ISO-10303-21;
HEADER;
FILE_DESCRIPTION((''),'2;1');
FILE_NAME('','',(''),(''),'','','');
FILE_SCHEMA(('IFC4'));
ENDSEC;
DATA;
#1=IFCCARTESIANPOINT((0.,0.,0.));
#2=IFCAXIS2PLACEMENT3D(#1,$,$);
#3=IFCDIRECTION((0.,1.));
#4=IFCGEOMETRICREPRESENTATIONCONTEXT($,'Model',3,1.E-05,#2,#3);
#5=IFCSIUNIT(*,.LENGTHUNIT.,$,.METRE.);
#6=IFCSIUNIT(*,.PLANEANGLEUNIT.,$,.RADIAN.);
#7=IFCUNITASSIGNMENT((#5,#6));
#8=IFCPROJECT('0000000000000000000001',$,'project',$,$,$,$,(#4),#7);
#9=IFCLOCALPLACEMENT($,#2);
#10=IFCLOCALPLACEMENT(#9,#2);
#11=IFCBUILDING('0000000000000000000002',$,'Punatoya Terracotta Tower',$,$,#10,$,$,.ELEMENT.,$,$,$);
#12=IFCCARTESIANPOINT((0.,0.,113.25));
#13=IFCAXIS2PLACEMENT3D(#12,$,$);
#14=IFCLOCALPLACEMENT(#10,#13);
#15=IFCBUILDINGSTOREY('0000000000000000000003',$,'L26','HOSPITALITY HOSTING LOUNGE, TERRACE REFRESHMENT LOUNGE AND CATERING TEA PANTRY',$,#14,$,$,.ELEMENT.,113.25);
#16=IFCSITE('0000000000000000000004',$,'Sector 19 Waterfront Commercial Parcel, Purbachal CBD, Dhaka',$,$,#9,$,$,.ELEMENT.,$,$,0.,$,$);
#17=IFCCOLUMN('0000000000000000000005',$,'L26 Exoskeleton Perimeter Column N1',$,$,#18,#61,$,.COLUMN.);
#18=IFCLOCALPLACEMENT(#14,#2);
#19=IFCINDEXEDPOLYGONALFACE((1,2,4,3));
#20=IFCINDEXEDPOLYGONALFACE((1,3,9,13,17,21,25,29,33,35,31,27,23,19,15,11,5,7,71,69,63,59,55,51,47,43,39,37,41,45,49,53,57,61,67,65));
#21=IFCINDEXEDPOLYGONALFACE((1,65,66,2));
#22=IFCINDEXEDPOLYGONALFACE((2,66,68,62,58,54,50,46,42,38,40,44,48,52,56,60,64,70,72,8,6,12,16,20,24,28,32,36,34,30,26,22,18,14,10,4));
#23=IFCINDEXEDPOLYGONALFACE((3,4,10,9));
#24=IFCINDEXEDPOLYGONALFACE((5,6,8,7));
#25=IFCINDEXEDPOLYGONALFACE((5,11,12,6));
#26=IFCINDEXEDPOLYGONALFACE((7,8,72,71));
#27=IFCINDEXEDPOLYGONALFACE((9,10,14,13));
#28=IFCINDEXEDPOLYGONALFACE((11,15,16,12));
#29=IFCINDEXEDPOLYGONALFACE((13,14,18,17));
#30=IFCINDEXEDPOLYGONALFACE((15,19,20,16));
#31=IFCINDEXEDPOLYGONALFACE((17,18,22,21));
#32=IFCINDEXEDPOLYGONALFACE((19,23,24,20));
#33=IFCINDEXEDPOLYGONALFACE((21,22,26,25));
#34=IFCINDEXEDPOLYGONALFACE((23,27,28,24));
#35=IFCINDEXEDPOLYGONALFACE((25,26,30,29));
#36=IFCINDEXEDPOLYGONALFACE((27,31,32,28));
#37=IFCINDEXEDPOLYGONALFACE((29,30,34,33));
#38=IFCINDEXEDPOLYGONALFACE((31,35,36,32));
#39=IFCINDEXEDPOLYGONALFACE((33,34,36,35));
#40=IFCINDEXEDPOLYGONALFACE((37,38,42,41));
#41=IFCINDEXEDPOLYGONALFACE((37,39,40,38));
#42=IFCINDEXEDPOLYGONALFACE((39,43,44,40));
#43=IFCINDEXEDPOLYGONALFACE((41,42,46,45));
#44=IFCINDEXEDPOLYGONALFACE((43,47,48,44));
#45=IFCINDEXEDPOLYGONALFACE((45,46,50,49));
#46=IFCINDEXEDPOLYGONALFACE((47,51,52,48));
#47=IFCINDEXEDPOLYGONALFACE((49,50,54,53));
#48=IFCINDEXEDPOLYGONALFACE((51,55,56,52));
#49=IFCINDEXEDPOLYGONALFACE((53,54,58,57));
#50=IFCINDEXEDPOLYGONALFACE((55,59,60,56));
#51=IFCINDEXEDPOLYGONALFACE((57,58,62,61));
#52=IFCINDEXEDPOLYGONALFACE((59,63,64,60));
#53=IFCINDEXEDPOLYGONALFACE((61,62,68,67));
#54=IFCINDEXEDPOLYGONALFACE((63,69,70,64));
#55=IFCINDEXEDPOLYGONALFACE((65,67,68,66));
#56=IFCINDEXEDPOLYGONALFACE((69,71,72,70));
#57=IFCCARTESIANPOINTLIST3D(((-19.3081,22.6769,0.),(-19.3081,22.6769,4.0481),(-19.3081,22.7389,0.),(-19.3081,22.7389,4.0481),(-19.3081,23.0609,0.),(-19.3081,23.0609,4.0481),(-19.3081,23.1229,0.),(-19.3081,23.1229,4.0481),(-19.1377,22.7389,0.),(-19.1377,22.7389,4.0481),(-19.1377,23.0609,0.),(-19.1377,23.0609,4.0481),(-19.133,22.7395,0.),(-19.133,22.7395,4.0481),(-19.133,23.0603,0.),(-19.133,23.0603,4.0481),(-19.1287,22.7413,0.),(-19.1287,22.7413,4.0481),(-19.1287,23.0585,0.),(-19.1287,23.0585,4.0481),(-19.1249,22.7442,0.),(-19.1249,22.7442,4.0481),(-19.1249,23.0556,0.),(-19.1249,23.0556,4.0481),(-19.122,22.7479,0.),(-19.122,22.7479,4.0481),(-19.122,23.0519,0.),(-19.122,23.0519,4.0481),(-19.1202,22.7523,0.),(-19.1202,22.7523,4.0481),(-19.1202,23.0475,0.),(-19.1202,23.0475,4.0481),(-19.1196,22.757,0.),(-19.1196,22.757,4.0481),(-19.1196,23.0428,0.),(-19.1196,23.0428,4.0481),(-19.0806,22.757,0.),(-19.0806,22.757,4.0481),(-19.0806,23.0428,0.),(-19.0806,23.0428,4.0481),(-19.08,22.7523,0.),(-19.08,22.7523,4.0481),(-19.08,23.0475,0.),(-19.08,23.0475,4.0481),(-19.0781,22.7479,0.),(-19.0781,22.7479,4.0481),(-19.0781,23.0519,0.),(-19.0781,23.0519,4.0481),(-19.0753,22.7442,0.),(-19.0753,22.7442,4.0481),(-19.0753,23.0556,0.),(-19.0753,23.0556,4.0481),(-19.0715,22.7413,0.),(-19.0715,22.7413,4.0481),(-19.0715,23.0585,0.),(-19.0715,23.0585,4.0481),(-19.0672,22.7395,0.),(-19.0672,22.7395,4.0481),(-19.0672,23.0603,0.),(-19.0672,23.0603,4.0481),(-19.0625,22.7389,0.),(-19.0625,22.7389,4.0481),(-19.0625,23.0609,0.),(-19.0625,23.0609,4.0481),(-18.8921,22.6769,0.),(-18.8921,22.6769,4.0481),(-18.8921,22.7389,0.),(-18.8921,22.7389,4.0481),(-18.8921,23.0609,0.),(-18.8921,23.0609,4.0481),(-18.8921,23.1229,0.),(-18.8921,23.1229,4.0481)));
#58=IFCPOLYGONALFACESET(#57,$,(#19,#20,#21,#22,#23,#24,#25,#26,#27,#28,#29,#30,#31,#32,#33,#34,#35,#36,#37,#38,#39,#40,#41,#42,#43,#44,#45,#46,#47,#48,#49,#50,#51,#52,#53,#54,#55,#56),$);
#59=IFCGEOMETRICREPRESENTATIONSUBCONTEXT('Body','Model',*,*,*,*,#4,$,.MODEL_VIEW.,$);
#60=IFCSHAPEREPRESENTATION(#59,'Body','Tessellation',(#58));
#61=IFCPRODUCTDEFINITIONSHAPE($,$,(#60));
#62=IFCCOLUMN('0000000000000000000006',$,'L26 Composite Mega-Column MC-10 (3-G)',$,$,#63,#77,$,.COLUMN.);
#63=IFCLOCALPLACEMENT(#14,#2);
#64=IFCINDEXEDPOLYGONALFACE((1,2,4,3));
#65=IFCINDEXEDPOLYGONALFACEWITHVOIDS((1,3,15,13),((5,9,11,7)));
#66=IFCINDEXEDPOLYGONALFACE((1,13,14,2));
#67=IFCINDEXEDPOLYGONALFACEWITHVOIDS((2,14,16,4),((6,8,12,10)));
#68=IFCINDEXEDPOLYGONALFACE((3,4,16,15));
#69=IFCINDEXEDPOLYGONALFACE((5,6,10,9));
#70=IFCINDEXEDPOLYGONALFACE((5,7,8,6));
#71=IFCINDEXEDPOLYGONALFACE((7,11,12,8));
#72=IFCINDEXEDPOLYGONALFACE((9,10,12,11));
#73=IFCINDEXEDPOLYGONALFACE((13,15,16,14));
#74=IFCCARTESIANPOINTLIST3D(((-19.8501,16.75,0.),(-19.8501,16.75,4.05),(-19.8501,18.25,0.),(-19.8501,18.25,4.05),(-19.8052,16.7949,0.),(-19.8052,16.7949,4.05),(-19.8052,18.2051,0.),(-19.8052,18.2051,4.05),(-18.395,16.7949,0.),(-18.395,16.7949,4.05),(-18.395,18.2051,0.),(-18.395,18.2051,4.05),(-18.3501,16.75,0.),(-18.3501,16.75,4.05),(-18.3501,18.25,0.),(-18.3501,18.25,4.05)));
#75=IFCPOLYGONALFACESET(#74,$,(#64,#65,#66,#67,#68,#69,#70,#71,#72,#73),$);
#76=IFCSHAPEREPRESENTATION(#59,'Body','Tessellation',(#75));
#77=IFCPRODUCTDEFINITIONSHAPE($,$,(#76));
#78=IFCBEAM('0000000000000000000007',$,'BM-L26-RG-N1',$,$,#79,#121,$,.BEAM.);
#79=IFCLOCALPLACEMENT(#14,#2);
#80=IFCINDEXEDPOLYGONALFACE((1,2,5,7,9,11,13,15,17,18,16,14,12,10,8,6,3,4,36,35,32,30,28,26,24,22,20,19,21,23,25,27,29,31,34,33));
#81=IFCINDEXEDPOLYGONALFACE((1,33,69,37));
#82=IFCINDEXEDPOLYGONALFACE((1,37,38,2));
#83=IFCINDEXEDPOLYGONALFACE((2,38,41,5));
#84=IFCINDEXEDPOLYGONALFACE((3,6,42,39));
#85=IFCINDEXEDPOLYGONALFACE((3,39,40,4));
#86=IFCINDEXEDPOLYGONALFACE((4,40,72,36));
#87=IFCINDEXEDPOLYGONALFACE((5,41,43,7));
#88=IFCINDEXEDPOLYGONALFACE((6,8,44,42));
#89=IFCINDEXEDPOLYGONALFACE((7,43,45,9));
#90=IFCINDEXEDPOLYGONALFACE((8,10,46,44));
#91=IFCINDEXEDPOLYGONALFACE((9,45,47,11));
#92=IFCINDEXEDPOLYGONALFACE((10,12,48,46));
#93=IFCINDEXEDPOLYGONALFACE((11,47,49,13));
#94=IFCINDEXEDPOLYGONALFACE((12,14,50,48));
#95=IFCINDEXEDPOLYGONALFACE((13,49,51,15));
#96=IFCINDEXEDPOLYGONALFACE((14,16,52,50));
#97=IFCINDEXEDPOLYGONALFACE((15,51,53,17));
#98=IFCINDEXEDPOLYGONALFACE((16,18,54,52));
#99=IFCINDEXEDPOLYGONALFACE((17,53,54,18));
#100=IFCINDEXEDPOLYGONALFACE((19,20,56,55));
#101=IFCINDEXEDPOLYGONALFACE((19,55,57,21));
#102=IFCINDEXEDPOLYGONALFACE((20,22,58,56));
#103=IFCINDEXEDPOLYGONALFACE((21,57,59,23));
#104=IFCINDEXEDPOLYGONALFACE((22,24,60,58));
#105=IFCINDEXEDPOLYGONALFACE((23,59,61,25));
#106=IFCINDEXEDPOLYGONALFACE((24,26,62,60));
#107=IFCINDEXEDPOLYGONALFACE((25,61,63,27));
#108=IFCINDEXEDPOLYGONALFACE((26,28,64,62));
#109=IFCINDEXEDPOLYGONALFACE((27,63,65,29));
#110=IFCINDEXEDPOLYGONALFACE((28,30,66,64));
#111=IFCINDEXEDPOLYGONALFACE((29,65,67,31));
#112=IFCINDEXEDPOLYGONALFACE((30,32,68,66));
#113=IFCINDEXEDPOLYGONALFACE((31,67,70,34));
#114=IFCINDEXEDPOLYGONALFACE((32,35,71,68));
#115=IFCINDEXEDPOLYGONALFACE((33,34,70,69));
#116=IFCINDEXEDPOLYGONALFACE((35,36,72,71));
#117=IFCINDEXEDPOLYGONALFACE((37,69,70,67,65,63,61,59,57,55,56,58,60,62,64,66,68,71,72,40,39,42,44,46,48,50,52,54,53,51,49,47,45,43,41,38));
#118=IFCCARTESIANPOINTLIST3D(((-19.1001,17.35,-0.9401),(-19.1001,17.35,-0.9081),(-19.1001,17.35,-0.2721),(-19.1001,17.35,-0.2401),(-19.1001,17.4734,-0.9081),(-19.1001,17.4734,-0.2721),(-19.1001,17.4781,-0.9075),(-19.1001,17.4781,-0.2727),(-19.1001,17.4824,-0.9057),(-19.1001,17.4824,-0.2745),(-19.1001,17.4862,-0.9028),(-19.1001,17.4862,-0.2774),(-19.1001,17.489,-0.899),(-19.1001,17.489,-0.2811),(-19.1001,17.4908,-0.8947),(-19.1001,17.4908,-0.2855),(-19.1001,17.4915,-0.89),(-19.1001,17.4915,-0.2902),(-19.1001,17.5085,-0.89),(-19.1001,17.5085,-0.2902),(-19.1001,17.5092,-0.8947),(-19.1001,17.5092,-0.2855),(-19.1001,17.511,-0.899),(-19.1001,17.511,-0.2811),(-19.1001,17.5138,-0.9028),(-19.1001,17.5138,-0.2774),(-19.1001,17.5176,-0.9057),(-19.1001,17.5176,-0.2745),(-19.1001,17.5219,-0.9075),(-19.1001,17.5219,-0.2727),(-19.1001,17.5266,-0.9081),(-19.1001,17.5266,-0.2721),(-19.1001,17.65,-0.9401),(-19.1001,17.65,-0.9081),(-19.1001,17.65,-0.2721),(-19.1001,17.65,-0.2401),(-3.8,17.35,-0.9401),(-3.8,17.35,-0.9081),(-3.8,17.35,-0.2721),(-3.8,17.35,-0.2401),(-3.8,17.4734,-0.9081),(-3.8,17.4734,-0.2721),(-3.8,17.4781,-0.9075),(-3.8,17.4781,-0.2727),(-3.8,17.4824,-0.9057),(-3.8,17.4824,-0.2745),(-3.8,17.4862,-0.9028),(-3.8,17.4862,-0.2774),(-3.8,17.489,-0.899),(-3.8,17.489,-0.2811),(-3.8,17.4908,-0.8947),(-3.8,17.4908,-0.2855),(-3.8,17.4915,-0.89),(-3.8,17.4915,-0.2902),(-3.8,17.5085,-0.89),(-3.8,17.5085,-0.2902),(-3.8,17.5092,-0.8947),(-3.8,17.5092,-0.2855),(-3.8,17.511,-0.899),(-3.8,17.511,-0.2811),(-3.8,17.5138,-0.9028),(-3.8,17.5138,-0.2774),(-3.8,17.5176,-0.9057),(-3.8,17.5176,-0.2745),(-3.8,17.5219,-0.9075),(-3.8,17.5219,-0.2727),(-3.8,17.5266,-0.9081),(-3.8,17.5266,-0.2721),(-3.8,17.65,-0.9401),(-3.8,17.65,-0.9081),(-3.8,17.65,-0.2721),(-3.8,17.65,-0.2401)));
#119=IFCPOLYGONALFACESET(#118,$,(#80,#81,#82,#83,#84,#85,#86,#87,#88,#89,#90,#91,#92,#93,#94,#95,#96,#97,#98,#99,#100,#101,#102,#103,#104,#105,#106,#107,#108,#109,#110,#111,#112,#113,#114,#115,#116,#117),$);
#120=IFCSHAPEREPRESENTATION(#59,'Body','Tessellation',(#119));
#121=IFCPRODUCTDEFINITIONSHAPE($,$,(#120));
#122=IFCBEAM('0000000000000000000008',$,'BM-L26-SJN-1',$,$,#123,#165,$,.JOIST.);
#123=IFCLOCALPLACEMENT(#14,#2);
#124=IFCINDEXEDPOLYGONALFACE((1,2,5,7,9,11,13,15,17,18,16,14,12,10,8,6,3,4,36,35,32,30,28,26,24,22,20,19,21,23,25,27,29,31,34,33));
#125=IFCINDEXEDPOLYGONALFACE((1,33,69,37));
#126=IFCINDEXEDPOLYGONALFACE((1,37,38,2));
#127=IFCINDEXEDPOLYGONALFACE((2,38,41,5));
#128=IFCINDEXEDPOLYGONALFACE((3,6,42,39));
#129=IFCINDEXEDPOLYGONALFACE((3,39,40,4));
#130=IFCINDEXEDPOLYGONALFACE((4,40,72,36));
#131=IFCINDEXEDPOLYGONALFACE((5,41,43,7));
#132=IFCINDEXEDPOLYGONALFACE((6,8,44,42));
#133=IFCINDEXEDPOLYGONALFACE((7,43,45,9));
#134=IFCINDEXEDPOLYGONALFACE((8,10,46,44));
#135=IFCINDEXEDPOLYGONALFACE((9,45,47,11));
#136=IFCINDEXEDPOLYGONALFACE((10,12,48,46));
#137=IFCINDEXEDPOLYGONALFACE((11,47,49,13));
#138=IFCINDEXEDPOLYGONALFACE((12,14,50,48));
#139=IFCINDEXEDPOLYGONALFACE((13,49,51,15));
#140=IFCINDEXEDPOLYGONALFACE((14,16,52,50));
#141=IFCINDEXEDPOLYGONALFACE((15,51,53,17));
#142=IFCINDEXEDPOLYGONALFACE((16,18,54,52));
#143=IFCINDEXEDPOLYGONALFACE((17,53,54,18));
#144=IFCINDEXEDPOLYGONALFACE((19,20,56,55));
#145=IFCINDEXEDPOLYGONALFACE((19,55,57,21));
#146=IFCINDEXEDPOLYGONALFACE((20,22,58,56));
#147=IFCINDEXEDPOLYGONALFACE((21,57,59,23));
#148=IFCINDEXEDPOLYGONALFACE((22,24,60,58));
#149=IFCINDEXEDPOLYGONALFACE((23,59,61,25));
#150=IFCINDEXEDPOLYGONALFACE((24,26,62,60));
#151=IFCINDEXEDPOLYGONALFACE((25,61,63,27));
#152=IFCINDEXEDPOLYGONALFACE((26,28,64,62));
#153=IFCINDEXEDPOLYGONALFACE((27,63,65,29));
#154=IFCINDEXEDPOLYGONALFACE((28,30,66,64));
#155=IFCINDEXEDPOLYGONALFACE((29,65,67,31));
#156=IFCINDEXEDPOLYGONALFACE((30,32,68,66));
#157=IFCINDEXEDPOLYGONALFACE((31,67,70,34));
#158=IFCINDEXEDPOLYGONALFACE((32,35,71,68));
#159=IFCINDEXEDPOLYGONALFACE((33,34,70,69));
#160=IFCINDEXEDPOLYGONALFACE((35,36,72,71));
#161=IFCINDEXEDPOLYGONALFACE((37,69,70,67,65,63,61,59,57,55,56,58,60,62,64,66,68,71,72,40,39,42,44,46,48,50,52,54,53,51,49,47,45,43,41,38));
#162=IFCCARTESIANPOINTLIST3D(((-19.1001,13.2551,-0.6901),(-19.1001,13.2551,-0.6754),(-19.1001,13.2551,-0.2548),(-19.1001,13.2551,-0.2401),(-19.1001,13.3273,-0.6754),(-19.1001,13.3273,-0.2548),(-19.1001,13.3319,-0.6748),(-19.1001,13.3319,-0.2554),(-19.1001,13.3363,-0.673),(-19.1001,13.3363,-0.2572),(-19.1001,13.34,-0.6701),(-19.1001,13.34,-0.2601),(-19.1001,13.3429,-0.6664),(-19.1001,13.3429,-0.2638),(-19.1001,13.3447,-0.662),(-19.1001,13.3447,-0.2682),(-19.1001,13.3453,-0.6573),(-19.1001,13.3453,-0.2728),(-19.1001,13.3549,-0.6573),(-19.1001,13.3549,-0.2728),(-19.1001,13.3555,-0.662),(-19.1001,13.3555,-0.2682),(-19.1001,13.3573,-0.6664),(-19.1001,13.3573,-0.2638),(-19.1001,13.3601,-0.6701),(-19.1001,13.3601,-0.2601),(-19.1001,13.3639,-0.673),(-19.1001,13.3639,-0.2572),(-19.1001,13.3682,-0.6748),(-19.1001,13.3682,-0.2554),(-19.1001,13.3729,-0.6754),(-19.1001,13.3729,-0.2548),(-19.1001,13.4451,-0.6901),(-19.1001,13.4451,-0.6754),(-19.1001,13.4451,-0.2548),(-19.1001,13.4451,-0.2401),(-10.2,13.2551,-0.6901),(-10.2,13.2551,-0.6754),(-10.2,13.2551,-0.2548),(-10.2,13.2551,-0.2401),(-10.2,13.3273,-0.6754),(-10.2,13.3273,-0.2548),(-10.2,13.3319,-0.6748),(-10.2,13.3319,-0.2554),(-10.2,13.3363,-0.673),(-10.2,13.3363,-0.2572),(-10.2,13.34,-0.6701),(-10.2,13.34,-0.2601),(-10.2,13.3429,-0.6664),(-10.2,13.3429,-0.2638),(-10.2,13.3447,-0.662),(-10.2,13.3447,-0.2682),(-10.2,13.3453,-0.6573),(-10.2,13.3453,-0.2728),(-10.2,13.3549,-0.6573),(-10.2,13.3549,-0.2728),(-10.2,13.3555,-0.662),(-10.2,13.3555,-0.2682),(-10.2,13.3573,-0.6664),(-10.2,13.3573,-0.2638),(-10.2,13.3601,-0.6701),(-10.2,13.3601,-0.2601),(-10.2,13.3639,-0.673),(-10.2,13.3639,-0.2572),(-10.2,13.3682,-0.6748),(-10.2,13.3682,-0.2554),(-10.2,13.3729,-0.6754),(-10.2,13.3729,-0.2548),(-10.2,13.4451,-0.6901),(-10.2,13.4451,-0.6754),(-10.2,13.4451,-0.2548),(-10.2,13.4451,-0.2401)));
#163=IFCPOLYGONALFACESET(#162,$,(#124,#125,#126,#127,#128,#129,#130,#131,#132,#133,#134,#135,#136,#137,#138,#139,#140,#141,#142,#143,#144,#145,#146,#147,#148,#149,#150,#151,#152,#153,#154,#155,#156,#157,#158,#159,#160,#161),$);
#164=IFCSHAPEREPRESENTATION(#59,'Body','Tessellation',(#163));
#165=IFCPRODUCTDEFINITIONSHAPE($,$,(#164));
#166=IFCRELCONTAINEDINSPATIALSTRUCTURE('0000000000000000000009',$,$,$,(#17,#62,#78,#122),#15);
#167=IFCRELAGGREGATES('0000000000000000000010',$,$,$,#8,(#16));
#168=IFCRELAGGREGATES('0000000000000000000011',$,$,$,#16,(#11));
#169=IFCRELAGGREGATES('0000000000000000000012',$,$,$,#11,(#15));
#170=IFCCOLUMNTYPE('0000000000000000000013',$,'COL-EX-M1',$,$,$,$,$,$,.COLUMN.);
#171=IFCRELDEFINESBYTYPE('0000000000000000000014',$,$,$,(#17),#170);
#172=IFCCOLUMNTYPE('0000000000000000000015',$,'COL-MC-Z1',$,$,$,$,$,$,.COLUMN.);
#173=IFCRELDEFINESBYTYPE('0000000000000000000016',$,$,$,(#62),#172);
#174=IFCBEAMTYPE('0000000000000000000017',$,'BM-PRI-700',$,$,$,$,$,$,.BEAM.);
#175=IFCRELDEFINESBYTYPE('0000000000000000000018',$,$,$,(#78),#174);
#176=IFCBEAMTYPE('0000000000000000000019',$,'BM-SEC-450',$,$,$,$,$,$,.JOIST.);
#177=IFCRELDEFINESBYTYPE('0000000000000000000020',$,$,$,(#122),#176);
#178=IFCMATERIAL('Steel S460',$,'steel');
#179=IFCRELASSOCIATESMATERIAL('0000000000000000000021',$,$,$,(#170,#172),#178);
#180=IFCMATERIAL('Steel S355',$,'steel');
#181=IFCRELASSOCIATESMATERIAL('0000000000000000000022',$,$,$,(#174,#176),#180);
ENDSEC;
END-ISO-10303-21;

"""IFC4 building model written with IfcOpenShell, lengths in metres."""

from ifc_helpers import new_model, si_unit, direction, frame, origin, origin_2d, place, context, subcontext, project, spatial, hollow_rectangle, i_section, extrude, material, material_profile, profile_set, type_object, element, save


model = new_model("IFC4")

# Units and contexts
model_context = context("Model", 3, precision=1e-05, world=origin(), true_north=direction((0.0, 1.0)))
body_context = subcontext(model_context, "Body", "Model", "MODEL_VIEW")
ifc_project = project(units=[si_unit("LENGTHUNIT", "METRE"), si_unit("PLANEANGLEUNIT", "RADIAN")], contexts=[model_context])

# Site, building, storey
site_placement = place(None, origin())
site = spatial("IfcSite", under=ifc_project, at=site_placement, Name="Sector 19 Waterfront Commercial Parcel, Purbachal CBD, Dhaka", CompositionType="ELEMENT", RefElevation=0.0)
building_placement = place(site_placement, origin())
building = spatial("IfcBuilding", under=site, at=building_placement, Name="Punatoya Terracotta Tower", CompositionType="ELEMENT")
storey_placement = place(building_placement, frame((0.0, 0.0, 113.25)))
storey = spatial("IfcBuildingStorey", under=building, at=storey_placement, Name="L26", Description="HOSPITALITY HOSTING LOUNGE, TERRACE REFRESHMENT LOUNGE AND CATERING TEA PANTRY", CompositionType="ELEMENT", Elevation=113.25)

# Columns
ifc_material_1 = material(Name="Steel S460", Category="steel")
ifc_material_profile_1 = material_profile(ifc_material_1, i_section(OverallWidth=0.416, OverallDepth=0.446, WebThickness=0.0391, FlangeThickness=0.062, FilletRadius=0.0181, at=origin_2d()))
ifc_profile_set_1 = profile_set([ifc_material_profile_1], Name="Steel S460")
column_type_1 = type_object("IfcColumnType", Name="COL-EX-M1", PredefinedType="COLUMN", material=ifc_profile_set_1)
column_1_placement = place(storey_placement, frame((-19.1001, 22.8999, 0.0), z_axis=(0.0, 0.0, 1.0), x_axis=(1.0, 0.0, 0.0)))
element("IfcColumn", 1, at=column_1_placement, inside=storey, type_object=column_type_1, Name="L26 Exoskeleton Perimeter Column N1", PredefinedType="COLUMN", context=body_context, shape_type="SweptSolid", body=[
    extrude(i_section(OverallWidth=0.416, OverallDepth=0.446, WebThickness=0.0391, FlangeThickness=0.062, FilletRadius=0.0181, at=origin_2d()), origin(), (0.0, 0.0, 1.0), 4.0481),
])
ifc_material_profile_2 = material_profile(ifc_material_1, hollow_rectangle(XDim=1.5, YDim=1.5, WallThickness=0.0449, at=origin_2d()))
ifc_profile_set_2 = profile_set([ifc_material_profile_2], Name="Steel S460")
column_type_2 = type_object("IfcColumnType", Name="COL-MC-Z1", PredefinedType="COLUMN", material=ifc_profile_set_2)
column_2_placement = place(storey_placement, frame((-19.1001, 17.5, 0.0), z_axis=(0.0, 0.0, 1.0), x_axis=(1.0, 0.0, 0.0)))
element("IfcColumn", 2, at=column_2_placement, inside=storey, type_object=column_type_2, Name="L26 Composite Mega-Column MC-10 (3-G)", PredefinedType="COLUMN", context=body_context, shape_type="SweptSolid", body=[
    extrude(hollow_rectangle(XDim=1.5, YDim=1.5, WallThickness=0.0449, at=origin_2d()), origin(), (0.0, 0.0, 1.0), 4.05),
])

# Beams
ifc_material_2 = material(Name="Steel S355", Category="steel")
ifc_material_profile_3 = material_profile(ifc_material_2, i_section(OverallWidth=0.3, OverallDepth=0.7, WebThickness=0.0171, FlangeThickness=0.032, FilletRadius=0.0181, at=origin_2d()))
ifc_profile_set_3 = profile_set([ifc_material_profile_3], Name="Steel S355")
beam_type_1 = type_object("IfcBeamType", Name="BM-PRI-700", PredefinedType="BEAM", material=ifc_profile_set_3)
beam_1_placement = place(storey_placement, frame((-19.1001, 17.5, -0.5901), z_axis=(1.0, 0.0, 0.0), x_axis=(0.0, 1.0, 0.0)))
element("IfcBeam", 3, at=beam_1_placement, inside=storey, type_object=beam_type_1, Name="BM-L26-RG-N1", PredefinedType="BEAM", context=body_context, shape_type="SweptSolid", body=[
    extrude(i_section(OverallWidth=0.3, OverallDepth=0.7, WebThickness=0.0171, FlangeThickness=0.032, FilletRadius=0.0181, at=origin_2d()), origin(), (0.0, 0.0, 1.0), 15.3),
])
ifc_material_profile_4 = material_profile(ifc_material_2, i_section(OverallWidth=0.1899, OverallDepth=0.45, WebThickness=0.0095, FlangeThickness=0.0146, FilletRadius=0.0181, at=origin_2d()))
ifc_profile_set_4 = profile_set([ifc_material_profile_4], Name="Steel S355")
beam_type_2 = type_object("IfcBeamType", Name="BM-SEC-450", PredefinedType="JOIST", material=ifc_profile_set_4)
beam_2_placement = place(storey_placement, frame((-19.1001, 13.3501, -0.4651), z_axis=(1.0, 0.0, 0.0), x_axis=(0.0, 1.0, 0.0)))
element("IfcBeam", 4, at=beam_2_placement, inside=storey, type_object=beam_type_2, Name="BM-L26-SJN-1", PredefinedType="JOIST", context=body_context, shape_type="SweptSolid", body=[
    extrude(i_section(OverallWidth=0.1899, OverallDepth=0.45, WebThickness=0.0095, FlangeThickness=0.0146, FilletRadius=0.0181, at=origin_2d()), origin(), (0.0, 0.0, 1.0), 8.9001),
])

save(model, "model.ifc")
